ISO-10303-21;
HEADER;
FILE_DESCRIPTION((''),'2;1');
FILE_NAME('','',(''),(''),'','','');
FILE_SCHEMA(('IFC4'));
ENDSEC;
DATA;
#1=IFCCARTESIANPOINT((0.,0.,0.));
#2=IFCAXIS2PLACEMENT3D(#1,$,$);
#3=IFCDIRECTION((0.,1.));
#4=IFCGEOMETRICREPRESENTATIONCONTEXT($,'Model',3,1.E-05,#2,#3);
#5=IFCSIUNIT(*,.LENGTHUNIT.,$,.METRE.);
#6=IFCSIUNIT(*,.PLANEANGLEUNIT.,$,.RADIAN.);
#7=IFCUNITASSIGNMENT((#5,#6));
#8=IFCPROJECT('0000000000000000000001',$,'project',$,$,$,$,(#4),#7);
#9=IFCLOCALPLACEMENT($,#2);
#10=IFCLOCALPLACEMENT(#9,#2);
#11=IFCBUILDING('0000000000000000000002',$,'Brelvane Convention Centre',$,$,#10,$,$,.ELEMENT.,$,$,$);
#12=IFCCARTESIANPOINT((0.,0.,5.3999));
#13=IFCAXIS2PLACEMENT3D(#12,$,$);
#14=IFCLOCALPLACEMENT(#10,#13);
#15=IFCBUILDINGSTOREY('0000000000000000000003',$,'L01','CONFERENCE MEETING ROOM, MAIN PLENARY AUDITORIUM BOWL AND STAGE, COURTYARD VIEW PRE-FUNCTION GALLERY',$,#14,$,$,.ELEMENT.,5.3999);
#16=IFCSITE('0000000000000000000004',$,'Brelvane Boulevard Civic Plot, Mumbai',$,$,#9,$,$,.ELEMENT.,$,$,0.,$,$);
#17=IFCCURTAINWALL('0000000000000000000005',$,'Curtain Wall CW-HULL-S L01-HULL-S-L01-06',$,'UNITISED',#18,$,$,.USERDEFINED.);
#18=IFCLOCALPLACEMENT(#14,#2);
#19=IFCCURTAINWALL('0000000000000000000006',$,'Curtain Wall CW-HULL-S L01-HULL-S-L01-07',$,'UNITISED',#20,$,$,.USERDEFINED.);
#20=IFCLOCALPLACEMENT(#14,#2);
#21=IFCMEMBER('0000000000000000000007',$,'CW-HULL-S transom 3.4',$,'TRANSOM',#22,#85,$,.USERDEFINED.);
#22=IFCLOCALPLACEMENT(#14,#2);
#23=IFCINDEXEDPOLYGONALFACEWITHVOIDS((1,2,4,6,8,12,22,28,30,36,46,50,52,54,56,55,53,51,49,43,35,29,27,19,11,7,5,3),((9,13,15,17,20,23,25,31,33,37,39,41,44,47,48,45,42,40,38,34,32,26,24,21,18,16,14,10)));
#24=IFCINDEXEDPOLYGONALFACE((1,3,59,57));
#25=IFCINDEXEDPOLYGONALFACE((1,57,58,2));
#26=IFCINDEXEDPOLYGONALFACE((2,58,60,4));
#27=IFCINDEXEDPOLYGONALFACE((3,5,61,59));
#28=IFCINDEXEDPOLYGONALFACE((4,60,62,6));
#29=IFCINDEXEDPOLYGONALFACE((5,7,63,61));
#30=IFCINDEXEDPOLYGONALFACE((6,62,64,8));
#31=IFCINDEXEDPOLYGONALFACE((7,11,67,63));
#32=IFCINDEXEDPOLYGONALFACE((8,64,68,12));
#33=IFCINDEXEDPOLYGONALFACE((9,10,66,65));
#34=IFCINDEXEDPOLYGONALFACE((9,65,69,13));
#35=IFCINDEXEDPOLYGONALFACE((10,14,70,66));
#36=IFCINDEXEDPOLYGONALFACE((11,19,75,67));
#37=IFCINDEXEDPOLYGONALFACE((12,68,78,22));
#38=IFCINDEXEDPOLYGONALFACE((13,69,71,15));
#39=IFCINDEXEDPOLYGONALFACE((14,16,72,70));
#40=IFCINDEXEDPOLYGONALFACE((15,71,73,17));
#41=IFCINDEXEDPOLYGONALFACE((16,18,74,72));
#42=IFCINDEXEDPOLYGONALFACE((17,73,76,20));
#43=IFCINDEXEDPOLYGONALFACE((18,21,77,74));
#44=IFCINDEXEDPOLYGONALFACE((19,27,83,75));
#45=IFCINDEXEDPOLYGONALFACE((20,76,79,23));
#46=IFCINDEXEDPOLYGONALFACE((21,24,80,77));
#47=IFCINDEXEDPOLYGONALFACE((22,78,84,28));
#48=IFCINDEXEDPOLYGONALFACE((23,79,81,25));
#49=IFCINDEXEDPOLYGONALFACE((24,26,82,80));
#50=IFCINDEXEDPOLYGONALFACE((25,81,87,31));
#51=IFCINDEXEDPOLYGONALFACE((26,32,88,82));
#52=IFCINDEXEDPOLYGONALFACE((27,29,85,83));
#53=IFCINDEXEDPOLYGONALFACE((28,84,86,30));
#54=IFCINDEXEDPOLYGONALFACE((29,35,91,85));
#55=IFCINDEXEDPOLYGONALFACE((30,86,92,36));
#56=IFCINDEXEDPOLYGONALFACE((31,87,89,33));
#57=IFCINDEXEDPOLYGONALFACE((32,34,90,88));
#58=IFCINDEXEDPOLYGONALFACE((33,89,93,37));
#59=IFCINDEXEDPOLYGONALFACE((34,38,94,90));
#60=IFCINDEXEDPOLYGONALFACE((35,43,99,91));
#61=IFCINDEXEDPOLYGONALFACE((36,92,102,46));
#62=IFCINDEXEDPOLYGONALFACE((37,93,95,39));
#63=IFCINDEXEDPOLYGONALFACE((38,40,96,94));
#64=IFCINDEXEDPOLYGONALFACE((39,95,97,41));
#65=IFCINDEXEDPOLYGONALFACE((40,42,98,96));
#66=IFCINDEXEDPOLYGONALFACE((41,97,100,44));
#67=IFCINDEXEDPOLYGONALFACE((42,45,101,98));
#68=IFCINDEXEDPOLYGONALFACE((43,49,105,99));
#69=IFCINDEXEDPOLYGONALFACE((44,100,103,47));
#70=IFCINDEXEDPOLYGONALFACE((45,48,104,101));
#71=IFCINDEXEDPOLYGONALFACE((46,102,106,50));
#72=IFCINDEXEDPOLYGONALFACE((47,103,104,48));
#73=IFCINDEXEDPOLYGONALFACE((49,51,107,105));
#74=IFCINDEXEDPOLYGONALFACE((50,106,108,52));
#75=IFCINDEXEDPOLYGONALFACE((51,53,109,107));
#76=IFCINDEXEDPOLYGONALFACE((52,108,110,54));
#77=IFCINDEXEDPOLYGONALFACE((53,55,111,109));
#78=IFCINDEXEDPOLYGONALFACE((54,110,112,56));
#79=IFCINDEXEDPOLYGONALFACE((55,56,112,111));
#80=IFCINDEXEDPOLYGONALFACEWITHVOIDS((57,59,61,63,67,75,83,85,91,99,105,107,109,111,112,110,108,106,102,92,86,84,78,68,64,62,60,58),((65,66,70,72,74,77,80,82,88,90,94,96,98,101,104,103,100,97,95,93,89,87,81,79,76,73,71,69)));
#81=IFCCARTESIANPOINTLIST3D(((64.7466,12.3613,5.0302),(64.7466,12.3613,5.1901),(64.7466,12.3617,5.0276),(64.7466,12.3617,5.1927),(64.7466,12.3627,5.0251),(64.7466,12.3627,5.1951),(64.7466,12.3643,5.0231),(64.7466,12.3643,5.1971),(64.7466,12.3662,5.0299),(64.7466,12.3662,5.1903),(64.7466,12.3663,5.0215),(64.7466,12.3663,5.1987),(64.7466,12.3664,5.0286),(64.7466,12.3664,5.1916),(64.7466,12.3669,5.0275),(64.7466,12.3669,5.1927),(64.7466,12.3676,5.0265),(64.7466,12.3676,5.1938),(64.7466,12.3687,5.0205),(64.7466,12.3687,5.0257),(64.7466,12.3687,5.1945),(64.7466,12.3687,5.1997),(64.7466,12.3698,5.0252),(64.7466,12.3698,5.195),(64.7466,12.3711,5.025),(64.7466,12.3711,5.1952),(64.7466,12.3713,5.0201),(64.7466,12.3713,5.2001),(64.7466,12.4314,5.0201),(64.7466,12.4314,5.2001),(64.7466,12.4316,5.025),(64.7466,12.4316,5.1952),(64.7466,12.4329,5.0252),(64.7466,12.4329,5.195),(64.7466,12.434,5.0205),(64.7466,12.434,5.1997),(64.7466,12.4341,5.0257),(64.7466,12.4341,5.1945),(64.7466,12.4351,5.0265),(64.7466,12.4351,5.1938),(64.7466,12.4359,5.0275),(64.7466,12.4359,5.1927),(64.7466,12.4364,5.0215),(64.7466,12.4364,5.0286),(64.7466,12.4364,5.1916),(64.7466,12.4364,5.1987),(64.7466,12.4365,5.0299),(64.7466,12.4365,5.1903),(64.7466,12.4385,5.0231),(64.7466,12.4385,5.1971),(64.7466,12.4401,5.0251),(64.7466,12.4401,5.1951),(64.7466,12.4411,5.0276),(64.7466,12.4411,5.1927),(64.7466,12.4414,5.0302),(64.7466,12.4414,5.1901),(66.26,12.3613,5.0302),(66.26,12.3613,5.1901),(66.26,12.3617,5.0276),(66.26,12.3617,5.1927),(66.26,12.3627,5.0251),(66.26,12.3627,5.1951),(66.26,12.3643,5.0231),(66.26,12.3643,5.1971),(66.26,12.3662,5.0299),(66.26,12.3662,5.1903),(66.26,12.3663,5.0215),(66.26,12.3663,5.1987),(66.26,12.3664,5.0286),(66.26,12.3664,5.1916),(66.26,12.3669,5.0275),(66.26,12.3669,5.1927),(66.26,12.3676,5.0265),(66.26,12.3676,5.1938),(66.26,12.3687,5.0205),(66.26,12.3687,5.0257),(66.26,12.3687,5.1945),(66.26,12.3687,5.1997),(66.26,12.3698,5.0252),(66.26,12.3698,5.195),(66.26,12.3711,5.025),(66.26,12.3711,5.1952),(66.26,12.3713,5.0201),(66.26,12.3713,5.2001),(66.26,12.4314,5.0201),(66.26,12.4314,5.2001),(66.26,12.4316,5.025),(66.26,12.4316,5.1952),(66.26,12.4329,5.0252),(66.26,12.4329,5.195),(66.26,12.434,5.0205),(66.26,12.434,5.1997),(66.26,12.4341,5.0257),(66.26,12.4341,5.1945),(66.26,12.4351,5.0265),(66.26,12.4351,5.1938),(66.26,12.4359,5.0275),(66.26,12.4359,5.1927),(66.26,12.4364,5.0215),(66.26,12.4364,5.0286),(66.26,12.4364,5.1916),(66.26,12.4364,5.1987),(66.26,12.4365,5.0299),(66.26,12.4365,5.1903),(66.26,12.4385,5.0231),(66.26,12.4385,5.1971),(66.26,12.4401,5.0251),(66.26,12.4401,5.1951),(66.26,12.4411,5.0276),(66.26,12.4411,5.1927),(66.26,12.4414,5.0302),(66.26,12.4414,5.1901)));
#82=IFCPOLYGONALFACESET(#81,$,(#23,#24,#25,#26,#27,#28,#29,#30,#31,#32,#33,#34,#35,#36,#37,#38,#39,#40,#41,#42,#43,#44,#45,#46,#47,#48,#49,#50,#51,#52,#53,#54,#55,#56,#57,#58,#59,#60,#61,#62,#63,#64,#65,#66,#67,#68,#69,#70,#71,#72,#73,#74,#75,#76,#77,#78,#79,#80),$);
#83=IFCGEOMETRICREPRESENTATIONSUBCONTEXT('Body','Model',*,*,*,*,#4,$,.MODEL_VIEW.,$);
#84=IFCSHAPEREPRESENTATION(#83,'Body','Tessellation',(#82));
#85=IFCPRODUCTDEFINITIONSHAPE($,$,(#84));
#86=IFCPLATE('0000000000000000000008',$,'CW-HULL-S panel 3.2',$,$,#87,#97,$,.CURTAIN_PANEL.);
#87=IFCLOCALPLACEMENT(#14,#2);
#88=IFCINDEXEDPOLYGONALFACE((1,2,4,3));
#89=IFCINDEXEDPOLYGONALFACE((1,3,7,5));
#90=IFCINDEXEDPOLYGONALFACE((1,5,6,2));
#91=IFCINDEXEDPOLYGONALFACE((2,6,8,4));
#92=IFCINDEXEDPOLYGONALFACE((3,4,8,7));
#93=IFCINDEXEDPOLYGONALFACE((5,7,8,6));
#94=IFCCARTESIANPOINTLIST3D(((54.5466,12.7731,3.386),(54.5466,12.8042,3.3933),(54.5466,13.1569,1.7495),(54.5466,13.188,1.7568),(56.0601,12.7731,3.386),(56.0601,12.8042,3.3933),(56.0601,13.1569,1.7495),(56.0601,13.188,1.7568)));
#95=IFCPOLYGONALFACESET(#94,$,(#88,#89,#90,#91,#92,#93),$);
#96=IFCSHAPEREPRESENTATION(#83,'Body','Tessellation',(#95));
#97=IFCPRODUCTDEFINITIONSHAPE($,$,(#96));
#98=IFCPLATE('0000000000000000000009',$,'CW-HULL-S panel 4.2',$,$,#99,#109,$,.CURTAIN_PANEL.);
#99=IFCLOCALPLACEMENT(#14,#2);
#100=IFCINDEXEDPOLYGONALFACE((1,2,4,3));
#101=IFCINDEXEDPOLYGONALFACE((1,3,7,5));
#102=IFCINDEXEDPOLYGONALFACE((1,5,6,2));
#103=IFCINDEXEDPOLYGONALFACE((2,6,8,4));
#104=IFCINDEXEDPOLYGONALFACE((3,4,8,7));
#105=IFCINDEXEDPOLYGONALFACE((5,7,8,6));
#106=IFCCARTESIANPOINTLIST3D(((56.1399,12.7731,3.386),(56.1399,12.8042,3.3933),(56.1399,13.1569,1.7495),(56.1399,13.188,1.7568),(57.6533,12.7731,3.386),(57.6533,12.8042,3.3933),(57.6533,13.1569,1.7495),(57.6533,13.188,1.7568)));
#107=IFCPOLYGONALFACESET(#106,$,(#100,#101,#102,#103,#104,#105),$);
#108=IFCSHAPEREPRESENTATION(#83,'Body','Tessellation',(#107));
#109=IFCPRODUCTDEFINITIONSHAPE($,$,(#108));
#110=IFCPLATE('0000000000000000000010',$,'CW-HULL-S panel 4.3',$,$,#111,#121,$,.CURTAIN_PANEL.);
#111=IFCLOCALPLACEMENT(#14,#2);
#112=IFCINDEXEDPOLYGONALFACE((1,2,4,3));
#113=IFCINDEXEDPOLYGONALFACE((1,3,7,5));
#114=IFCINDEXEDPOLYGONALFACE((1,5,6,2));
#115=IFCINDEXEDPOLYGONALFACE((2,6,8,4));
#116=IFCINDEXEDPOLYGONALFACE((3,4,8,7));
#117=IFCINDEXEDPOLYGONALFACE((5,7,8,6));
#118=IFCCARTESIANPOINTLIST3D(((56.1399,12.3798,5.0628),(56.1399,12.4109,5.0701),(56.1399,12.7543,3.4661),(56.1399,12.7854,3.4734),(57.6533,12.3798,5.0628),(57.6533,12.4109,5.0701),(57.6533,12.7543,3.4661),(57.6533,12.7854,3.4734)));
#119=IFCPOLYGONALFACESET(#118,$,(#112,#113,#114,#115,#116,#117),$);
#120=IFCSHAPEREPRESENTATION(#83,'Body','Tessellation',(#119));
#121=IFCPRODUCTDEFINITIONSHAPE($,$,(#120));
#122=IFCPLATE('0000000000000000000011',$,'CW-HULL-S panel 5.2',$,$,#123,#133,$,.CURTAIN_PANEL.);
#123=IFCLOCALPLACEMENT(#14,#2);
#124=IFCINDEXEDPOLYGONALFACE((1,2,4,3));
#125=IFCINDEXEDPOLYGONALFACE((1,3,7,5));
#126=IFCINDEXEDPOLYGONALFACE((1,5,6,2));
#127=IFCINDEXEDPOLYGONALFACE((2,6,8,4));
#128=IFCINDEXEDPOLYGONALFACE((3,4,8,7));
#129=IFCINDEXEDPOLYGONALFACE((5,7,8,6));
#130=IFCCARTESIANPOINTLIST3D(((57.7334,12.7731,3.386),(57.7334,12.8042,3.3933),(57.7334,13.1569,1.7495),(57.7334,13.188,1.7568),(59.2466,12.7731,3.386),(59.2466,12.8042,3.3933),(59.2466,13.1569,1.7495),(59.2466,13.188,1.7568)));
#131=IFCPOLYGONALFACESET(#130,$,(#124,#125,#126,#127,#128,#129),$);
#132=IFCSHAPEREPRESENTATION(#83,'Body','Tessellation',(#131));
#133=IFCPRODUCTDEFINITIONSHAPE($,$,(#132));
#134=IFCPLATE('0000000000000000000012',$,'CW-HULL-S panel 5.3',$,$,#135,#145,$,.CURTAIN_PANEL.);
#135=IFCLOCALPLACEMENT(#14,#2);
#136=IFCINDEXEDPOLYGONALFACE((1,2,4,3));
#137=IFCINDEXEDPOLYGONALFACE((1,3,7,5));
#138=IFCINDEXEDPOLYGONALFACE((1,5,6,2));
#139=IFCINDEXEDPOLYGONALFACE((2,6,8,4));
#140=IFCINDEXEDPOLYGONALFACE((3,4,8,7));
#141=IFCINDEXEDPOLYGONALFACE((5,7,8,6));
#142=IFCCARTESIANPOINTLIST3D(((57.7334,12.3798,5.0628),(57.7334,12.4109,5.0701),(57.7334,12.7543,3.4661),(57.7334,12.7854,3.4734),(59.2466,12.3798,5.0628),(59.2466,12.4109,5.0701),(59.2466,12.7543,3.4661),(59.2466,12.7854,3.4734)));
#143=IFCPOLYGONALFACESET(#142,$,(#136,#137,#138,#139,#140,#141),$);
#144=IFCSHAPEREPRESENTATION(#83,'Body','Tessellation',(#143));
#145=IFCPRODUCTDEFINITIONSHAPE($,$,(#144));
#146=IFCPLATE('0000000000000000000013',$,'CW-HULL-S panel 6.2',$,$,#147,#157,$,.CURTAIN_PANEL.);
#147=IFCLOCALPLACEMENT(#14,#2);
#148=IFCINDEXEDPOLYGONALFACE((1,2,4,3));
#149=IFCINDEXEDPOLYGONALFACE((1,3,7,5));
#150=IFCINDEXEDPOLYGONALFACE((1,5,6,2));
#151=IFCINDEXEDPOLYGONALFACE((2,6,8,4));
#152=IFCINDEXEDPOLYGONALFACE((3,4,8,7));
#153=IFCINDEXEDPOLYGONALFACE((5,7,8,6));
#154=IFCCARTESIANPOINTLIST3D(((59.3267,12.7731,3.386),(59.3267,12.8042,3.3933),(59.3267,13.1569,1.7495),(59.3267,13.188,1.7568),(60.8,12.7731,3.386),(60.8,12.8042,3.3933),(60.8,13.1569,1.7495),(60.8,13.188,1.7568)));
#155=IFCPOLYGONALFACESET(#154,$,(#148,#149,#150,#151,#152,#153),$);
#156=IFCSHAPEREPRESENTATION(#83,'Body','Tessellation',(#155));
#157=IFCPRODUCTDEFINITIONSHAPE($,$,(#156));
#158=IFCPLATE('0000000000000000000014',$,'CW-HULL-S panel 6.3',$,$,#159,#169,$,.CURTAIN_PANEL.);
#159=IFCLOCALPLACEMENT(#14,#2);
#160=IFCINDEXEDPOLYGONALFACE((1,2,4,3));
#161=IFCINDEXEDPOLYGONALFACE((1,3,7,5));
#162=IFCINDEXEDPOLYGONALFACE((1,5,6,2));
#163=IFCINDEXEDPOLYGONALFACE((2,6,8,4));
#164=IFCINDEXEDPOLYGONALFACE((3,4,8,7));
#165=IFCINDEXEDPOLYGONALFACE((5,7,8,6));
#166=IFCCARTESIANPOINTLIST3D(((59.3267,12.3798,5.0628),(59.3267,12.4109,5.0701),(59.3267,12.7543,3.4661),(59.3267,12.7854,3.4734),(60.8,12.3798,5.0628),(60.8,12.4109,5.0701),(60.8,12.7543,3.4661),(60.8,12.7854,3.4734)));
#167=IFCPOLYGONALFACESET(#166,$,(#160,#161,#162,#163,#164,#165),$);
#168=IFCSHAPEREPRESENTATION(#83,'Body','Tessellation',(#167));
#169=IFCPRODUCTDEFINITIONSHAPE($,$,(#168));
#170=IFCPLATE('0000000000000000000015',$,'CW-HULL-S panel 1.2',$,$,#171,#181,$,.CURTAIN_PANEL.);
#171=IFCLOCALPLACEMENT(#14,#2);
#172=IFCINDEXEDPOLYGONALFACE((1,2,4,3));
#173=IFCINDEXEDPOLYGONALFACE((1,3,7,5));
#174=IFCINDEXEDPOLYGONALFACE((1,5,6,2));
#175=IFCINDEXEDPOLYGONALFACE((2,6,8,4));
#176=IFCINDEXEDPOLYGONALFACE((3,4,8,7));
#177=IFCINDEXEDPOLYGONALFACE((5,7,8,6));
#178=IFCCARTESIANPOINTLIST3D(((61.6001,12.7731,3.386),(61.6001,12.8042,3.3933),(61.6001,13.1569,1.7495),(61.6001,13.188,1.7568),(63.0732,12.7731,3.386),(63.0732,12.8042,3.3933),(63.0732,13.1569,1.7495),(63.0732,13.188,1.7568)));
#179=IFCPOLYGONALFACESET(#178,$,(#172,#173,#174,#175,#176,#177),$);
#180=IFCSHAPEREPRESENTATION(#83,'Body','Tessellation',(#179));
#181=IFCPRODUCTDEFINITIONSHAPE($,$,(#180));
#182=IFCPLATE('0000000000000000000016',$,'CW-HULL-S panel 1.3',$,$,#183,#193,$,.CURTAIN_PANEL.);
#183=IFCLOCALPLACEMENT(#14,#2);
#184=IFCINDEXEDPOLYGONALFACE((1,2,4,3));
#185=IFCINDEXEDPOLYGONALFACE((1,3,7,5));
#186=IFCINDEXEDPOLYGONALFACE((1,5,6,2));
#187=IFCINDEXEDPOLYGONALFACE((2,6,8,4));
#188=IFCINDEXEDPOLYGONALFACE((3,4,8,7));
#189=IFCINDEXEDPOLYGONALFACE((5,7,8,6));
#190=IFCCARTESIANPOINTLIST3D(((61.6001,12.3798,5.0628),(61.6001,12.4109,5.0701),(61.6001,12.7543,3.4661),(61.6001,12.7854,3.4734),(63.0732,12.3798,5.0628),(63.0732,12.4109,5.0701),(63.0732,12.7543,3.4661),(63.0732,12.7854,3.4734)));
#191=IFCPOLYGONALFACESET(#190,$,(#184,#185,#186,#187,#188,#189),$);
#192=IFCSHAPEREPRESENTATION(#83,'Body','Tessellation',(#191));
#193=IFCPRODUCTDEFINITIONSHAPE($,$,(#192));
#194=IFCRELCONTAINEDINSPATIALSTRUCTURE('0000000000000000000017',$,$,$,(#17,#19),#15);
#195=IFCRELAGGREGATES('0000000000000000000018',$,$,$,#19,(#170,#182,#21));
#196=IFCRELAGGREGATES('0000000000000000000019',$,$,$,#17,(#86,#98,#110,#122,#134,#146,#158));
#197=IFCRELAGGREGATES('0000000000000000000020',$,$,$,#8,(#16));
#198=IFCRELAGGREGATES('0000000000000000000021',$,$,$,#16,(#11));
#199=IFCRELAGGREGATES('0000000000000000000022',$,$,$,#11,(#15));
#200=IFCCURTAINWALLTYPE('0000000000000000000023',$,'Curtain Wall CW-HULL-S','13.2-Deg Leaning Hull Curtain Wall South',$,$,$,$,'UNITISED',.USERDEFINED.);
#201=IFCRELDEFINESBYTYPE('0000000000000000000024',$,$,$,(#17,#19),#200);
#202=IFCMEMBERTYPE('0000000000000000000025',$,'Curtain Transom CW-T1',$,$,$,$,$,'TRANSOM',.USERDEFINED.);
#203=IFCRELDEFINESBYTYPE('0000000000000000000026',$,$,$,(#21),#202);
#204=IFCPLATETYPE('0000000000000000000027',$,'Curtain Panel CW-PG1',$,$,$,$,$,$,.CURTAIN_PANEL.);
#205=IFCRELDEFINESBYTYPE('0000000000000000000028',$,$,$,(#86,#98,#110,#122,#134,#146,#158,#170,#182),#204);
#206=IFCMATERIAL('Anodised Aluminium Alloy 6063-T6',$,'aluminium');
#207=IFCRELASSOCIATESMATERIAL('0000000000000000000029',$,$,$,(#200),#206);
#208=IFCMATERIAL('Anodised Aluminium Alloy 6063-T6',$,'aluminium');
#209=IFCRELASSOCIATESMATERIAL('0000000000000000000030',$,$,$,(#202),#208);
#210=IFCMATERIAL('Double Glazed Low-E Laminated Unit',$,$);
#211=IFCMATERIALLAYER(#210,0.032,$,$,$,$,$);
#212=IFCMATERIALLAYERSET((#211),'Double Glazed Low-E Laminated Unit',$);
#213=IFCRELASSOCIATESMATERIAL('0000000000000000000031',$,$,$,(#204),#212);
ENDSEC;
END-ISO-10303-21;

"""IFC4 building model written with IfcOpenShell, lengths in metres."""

from ifc_helpers import new_model, si_unit, direction, frame, origin, origin_2d, place, context, subcontext, project, spatial, polyline, hollow_rectangle, outline, extrude, material, layer, layer_set, material_profile, profile_set, type_object, element, aggregate, save


model = new_model("IFC4")

# Units and contexts
model_context = context("Model", 3, precision=1e-05, world=origin(), true_north=direction((0.0, 1.0)))
body_context = subcontext(model_context, "Body", "Model", "MODEL_VIEW")
ifc_project = project(units=[si_unit("LENGTHUNIT", "METRE"), si_unit("PLANEANGLEUNIT", "RADIAN")], contexts=[model_context])

# Site, building, storey
site_placement = place(None, origin())
site = spatial("IfcSite", under=ifc_project, at=site_placement, Name="Brelvane Boulevard Civic Plot, Mumbai", CompositionType="ELEMENT", RefElevation=0.0)
building_placement = place(site_placement, origin())
building = spatial("IfcBuilding", under=site, at=building_placement, Name="Brelvane Convention Centre", CompositionType="ELEMENT")
storey_placement = place(building_placement, frame((0.0, 0.0, 5.3999)))
storey = spatial("IfcBuildingStorey", under=building, at=storey_placement, Name="L01", Description="CONFERENCE MEETING ROOM, MAIN PLENARY AUDITORIUM BOWL AND STAGE, COURTYARD VIEW PRE-FUNCTION GALLERY", CompositionType="ELEMENT", Elevation=5.3999)

# Curtain walls, member
ifc_material_1 = material(Name="Anodised Aluminium Alloy 6063-T6", Category="aluminium")
curtain_wall_type = type_object("IfcCurtainWallType", Name="Curtain Wall CW-HULL-S", Description="13.2-Deg Leaning Hull Curtain Wall South", ElementType="UNITISED", PredefinedType="USERDEFINED", material=ifc_material_1)
curtain_wall_1_placement = place(storey_placement, origin())
curtain_wall_1 = element("IfcCurtainWall", 1, at=curtain_wall_1_placement, inside=storey, type_object=curtain_wall_type, Name="Curtain Wall CW-HULL-S L01-HULL-S-L01-06", ObjectType="UNITISED", PredefinedType="USERDEFINED")
ifc_material_2 = material(Name="Anodised Aluminium Alloy 6063-T6", Category="aluminium")
ifc_material_profile = material_profile(ifc_material_2, hollow_rectangle(XDim=0.0801, YDim=0.1799, WallThickness=0.0049, InnerFilletRadius=0.0049, OuterFilletRadius=0.01, at=origin_2d()), Name="ALU-T 180x80x5.0")
ifc_profile_set = profile_set([ifc_material_profile], Name="Anodised Aluminium Alloy 6063-T6")
member_type = type_object("IfcMemberType", Name="Curtain Transom CW-T1", ElementType="TRANSOM", PredefinedType="USERDEFINED", material=ifc_profile_set)
curtain_wall_2_placement = place(storey_placement, origin())
curtain_wall_2 = element("IfcCurtainWall", 2, at=curtain_wall_2_placement, inside=storey, type_object=curtain_wall_type, Name="Curtain Wall CW-HULL-S L01-HULL-S-L01-07", ObjectType="UNITISED", PredefinedType="USERDEFINED")
member_1_placement = place(storey_placement, frame((64.7466, 12.4014, 5.1101), z_axis=(1.0, 0.0, 0.0), x_axis=(0.0, 1.0, 0.0)))
member_1 = element("IfcMember", 3, at=member_1_placement, type_object=member_type, Name="CW-HULL-S transom 3.4", ObjectType="TRANSOM", PredefinedType="USERDEFINED", context=body_context, shape_type="SweptSolid", body=[
    extrude(hollow_rectangle(XDim=0.0801, YDim=0.1799, WallThickness=0.0049, InnerFilletRadius=0.0049, OuterFilletRadius=0.01, at=origin_2d()), origin(), (0.0, 0.0, 1.0), 1.5134),
])

# Plates
ifc_material_3 = material(Name="Double Glazed Low-E Laminated Unit")
ifc_layer_1 = layer(ifc_material_3, 0.032)
ifc_layer_set_1 = layer_set([ifc_layer_1], Name="Double Glazed Low-E Laminated Unit")
plate_type_1 = type_object("IfcPlateType", Name="Curtain Panel CW-PG1", PredefinedType="CURTAIN_PANEL", material=ifc_layer_set_1)
plate_1_placement = place(storey_placement, frame((54.5466, 13.188, 1.7568), z_axis=(0.0, 0.973585, 0.228327), x_axis=(1.0, 0.0, 0.0)))
plate_1 = element("IfcPlate", 4, at=plate_1_placement, type_object=plate_type_1, Name="CW-HULL-S panel 3.2", PredefinedType="CURTAIN_PANEL", context=body_context, shape_type="SweptSolid", body=[
    extrude(outline(polyline([(0.0, 0.0), (1.5134, 0.0), (1.5134, -1.6809), (0.0, -1.6809), (0.0, 0.0)])), origin(), (0.0, 0.0, -1.0), 0.032),
])
plate_2_placement = place(storey_placement, frame((56.1399, 13.188, 1.7568), z_axis=(0.0, 0.973585, 0.228327), x_axis=(1.0, 0.0, 0.0)))
plate_2 = element("IfcPlate", 5, at=plate_2_placement, type_object=plate_type_1, Name="CW-HULL-S panel 4.2", PredefinedType="CURTAIN_PANEL", context=body_context, shape_type="SweptSolid", body=[
    extrude(outline(polyline([(0.0, 0.0), (1.5134, 0.0), (1.5134, -1.6809), (0.0, -1.6809), (0.0, 0.0)])), origin(), (0.0, 0.0, -1.0), 0.032),
])
plate_3_placement = place(storey_placement, frame((56.1399, 12.7854, 3.4734), z_axis=(0.0, 0.973577, 0.228359), x_axis=(1.0, 0.0, 0.0)))
plate_3 = element("IfcPlate", 6, at=plate_3_placement, type_object=plate_type_1, Name="CW-HULL-S panel 4.3", PredefinedType="CURTAIN_PANEL", context=body_context, shape_type="SweptSolid", body=[
    extrude(outline(polyline([(0.0, 0.0), (1.5134, 0.0), (1.5134, -1.64), (0.0, -1.64), (0.0, 0.0)])), origin(), (0.0, 0.0, -1.0), 0.032),
])
plate_4_placement = place(storey_placement, frame((57.7334, 13.188, 1.7568), z_axis=(0.0, 0.973585, 0.228327), x_axis=(1.0, 0.0, 0.0)))
plate_4 = element("IfcPlate", 7, at=plate_4_placement, type_object=plate_type_1, Name="CW-HULL-S panel 5.2", PredefinedType="CURTAIN_PANEL", context=body_context, shape_type="SweptSolid", body=[
    extrude(outline(polyline([(0.0, 0.0), (1.5132, 0.0), (1.5132, -1.6809), (0.0, -1.6809), (0.0, 0.0)])), origin(), (0.0, 0.0, -1.0), 0.032),
])
plate_5_placement = place(storey_placement, frame((57.7334, 12.7854, 3.4734), z_axis=(0.0, 0.973577, 0.228359), x_axis=(1.0, 0.0, 0.0)))
plate_5 = element("IfcPlate", 8, at=plate_5_placement, type_object=plate_type_1, Name="CW-HULL-S panel 5.3", PredefinedType="CURTAIN_PANEL", context=body_context, shape_type="SweptSolid", body=[
    extrude(outline(polyline([(0.0, 0.0), (1.5132, 0.0), (1.5132, -1.64), (0.0, -1.64), (0.0, 0.0)])), origin(), (0.0, 0.0, -1.0), 0.032),
])
plate_6_placement = place(storey_placement, frame((59.3267, 13.188, 1.7568), z_axis=(0.0, 0.973585, 0.228327), x_axis=(1.0, 0.0, 0.0)))
plate_6 = element("IfcPlate", 9, at=plate_6_placement, type_object=plate_type_1, Name="CW-HULL-S panel 6.2", PredefinedType="CURTAIN_PANEL", context=body_context, shape_type="SweptSolid", body=[
    extrude(outline(polyline([(0.0, 0.0), (1.4734, 0.0), (1.4734, -1.6809), (0.0, -1.6809), (0.0, 0.0)])), origin(), (0.0, 0.0, -1.0), 0.032),
])
plate_7_placement = place(storey_placement, frame((59.3267, 12.7854, 3.4734), z_axis=(0.0, 0.973577, 0.228359), x_axis=(1.0, 0.0, 0.0)))
plate_7 = element("IfcPlate", 10, at=plate_7_placement, type_object=plate_type_1, Name="CW-HULL-S panel 6.3", PredefinedType="CURTAIN_PANEL", context=body_context, shape_type="SweptSolid", body=[
    extrude(outline(polyline([(0.0, 0.0), (1.4734, 0.0), (1.4734, -1.64), (0.0, -1.64), (0.0, 0.0)])), origin(), (0.0, 0.0, -1.0), 0.032),
])
plate_8_placement = place(storey_placement, frame((61.6001, 13.188, 1.7568), z_axis=(0.0, 0.973585, 0.228327), x_axis=(1.0, 0.0, 0.0)))
plate_8 = element("IfcPlate", 11, at=plate_8_placement, type_object=plate_type_1, Name="CW-HULL-S panel 1.2", PredefinedType="CURTAIN_PANEL", context=body_context, shape_type="SweptSolid", body=[
    extrude(outline(polyline([(0.0, 0.0), (1.4731, 0.0), (1.4731, -1.6809), (0.0, -1.6809), (0.0, 0.0)])), origin(), (0.0, 0.0, -1.0), 0.032),
])
plate_9_placement = place(storey_placement, frame((61.6001, 12.7854, 3.4734), z_axis=(0.0, 0.973577, 0.228359), x_axis=(1.0, 0.0, 0.0)))
plate_9 = element("IfcPlate", 12, at=plate_9_placement, type_object=plate_type_1, Name="CW-HULL-S panel 1.3", PredefinedType="CURTAIN_PANEL", context=body_context, shape_type="SweptSolid", body=[
    extrude(outline(polyline([(0.0, 0.0), (1.4731, 0.0), (1.4731, -1.64), (0.0, -1.64), (0.0, 0.0)])), origin(), (0.0, 0.0, -1.0), 0.032),
])
aggregate(curtain_wall_2, [plate_8, plate_9, member_1])
aggregate(curtain_wall_1, [plate_1, plate_2, plate_3, plate_4, plate_5, plate_6, plate_7])

save(model, "model.ifc")
